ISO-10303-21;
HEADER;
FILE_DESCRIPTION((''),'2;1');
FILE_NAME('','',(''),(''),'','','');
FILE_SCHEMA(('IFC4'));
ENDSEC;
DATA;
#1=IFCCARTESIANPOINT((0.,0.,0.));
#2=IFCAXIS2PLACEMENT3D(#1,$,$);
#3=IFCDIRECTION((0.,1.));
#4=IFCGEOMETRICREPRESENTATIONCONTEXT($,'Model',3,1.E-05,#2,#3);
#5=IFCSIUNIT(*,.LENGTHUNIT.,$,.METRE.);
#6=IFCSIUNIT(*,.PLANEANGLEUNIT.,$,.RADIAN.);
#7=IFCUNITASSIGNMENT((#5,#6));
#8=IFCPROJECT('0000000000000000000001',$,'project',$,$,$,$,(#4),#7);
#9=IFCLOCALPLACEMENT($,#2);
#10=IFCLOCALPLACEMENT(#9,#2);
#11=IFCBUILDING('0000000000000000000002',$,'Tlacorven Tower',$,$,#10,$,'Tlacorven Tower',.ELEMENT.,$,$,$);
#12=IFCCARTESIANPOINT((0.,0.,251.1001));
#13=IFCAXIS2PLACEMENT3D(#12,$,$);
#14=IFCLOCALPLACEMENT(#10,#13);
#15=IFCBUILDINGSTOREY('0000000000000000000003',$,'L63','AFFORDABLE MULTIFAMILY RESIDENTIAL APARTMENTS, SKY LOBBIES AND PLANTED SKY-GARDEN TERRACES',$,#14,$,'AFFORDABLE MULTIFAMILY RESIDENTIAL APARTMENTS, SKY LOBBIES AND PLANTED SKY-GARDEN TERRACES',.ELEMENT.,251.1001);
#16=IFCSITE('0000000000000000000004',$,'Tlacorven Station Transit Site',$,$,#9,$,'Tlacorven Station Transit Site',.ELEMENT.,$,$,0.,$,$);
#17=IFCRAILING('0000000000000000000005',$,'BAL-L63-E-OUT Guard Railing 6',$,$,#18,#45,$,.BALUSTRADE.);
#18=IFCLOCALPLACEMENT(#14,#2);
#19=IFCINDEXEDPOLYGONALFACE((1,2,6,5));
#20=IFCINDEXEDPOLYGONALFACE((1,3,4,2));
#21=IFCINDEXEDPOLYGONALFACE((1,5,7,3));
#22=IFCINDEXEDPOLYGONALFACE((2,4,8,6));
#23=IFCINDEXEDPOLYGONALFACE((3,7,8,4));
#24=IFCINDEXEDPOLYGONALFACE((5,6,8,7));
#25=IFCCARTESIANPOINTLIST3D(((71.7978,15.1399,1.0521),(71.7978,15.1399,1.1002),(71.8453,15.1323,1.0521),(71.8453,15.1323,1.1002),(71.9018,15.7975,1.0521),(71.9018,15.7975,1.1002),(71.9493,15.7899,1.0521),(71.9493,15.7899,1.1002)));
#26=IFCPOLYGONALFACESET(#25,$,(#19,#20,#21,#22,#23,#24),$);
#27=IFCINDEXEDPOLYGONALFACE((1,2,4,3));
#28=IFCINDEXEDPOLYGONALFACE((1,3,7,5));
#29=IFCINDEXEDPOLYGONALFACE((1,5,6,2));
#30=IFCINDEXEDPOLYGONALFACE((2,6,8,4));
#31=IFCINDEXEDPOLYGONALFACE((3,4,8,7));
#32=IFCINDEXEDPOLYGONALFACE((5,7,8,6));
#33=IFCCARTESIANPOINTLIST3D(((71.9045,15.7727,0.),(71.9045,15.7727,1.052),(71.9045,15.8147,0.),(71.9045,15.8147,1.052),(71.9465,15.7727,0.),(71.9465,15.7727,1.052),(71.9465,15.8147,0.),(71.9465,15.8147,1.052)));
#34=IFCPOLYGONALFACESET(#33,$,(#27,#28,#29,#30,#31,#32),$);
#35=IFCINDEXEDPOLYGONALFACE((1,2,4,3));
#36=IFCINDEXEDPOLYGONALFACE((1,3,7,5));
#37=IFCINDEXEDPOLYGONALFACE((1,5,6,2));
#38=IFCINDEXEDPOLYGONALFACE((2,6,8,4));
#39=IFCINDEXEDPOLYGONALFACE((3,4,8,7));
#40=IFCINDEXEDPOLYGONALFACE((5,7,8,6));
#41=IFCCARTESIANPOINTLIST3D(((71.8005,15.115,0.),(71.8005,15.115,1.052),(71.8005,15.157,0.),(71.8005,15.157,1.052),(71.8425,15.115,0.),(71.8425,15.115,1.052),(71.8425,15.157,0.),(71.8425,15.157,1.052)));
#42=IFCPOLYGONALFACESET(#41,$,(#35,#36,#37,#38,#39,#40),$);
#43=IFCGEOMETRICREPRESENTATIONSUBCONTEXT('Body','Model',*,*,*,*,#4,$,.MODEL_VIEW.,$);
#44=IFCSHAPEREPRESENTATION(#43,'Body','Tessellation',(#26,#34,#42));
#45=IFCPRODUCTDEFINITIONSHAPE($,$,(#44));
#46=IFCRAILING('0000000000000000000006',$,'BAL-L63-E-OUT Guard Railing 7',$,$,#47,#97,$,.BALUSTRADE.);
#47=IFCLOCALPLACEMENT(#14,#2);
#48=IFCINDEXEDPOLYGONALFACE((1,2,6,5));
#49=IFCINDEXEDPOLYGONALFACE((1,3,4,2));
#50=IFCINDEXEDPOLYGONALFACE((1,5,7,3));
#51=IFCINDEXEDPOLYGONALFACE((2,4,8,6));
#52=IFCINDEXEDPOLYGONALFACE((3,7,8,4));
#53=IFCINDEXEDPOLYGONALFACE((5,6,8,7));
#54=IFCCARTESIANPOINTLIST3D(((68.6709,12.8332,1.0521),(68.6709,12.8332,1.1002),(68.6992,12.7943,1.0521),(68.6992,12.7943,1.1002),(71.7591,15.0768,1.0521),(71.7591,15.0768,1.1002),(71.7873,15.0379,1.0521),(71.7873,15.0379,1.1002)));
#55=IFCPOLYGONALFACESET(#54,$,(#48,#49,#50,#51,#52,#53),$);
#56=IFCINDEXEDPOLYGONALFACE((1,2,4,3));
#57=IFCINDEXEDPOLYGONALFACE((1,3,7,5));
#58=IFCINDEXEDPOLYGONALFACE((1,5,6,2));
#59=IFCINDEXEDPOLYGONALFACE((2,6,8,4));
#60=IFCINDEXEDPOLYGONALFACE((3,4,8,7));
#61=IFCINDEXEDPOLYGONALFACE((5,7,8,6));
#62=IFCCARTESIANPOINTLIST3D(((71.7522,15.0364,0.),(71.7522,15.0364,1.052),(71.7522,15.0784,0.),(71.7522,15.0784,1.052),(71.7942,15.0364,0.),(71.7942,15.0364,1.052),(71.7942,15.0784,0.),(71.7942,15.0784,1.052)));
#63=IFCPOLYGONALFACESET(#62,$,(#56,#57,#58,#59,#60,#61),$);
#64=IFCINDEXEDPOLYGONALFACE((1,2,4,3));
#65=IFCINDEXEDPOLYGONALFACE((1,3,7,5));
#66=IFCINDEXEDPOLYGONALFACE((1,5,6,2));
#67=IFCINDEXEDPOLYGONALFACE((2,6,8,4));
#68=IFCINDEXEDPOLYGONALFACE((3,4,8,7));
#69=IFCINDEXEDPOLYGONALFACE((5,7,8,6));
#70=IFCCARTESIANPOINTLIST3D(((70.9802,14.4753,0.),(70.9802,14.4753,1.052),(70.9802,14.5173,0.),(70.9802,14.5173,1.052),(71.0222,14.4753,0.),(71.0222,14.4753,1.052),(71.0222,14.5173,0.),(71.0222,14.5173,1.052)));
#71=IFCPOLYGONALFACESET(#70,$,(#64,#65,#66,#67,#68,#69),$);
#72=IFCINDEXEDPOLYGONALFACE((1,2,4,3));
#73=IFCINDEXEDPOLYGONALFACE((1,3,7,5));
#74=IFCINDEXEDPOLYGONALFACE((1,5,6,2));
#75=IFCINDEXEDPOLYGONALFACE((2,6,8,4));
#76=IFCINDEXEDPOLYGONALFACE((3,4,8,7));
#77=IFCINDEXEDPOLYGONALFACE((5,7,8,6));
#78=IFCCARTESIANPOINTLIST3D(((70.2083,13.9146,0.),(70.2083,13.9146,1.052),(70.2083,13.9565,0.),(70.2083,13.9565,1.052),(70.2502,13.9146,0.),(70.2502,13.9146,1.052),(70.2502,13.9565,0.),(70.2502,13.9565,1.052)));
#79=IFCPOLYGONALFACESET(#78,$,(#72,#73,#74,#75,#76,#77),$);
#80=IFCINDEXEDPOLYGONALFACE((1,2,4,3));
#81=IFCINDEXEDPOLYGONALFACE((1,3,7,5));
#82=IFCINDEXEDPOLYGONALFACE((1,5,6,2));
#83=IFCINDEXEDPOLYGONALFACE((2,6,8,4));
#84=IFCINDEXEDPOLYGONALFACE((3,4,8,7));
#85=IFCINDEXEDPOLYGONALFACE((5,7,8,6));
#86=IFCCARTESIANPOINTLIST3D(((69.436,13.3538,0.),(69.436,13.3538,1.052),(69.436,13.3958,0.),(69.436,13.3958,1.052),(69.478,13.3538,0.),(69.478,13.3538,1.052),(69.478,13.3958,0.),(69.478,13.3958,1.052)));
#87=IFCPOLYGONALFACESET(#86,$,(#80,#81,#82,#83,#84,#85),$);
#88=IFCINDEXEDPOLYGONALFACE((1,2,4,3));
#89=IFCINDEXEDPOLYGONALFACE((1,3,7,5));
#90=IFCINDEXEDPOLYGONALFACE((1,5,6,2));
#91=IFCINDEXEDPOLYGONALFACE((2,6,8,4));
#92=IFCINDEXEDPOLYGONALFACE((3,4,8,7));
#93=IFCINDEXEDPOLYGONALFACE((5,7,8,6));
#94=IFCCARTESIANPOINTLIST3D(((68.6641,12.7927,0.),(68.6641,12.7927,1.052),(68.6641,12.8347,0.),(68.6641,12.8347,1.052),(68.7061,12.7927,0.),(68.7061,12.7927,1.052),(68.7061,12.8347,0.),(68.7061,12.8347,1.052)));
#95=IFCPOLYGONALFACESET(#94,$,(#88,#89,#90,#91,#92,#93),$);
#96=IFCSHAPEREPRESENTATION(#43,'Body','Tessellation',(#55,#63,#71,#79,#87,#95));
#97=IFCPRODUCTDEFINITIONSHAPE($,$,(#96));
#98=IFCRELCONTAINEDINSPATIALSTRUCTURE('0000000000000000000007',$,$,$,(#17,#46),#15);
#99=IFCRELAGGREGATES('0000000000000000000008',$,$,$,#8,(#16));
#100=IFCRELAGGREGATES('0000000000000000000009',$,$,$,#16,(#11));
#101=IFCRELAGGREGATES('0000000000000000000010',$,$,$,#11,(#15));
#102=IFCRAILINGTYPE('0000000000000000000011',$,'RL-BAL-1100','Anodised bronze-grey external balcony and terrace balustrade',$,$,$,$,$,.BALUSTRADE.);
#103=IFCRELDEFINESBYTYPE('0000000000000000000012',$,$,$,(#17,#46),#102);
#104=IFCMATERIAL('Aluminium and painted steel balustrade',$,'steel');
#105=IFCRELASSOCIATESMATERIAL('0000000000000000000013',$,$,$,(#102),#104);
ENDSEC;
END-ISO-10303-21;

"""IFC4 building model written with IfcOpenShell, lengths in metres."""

from ifc_helpers import new_model, si_unit, direction, frame, origin, origin_2d, place, context, subcontext, project, spatial, rectangle, extrude, source, transform, mapped, material, type_object, element, save


model = new_model("IFC4")

# Units and contexts
model_context = context("Model", 3, precision=1e-05, world=origin(), true_north=direction((0.0, 1.0)))
body_context = subcontext(model_context, "Body", "Model", "MODEL_VIEW")
ifc_project = project(units=[si_unit("LENGTHUNIT", "METRE"), si_unit("PLANEANGLEUNIT", "RADIAN")], contexts=[model_context])

# Site, building, storey
site_placement = place(None, origin())
site = spatial("IfcSite", under=ifc_project, at=site_placement, Name="Tlacorven Station Transit Site", LongName="Tlacorven Station Transit Site", CompositionType="ELEMENT", RefElevation=0.0)
building_placement = place(site_placement, origin())
building = spatial("IfcBuilding", under=site, at=building_placement, Name="Tlacorven Tower", LongName="Tlacorven Tower", CompositionType="ELEMENT")
storey_placement = place(building_placement, frame((0.0, 0.0, 251.1001)))
storey = spatial("IfcBuildingStorey", under=building, at=storey_placement, Name="L63", Description="AFFORDABLE MULTIFAMILY RESIDENTIAL APARTMENTS, SKY LOBBIES AND PLANTED SKY-GARDEN TERRACES", LongName="AFFORDABLE MULTIFAMILY RESIDENTIAL APARTMENTS, SKY LOBBIES AND PLANTED SKY-GARDEN TERRACES", CompositionType="ELEMENT", Elevation=251.1001)

# Railings
ifc_material_1 = material(Name="Aluminium and painted steel balustrade", Category="steel")
railing_type = type_object("IfcRailingType", Name="RL-BAL-1100", Description="Anodised bronze-grey external balcony and terrace balustrade", PredefinedType="BALUSTRADE", material=ifc_material_1)
shared_shape_1 = source(origin(), body_context, "Body", "SweptSolid", [
    extrude(rectangle(XDim=0.0481, YDim=0.0481, at=origin_2d()), frame((0.0, 0.0, 1.0762), z_axis=(-0.156188, -0.987727, 0.0), x_axis=(0.987727, -0.156188, 0.0)), (0.0, 0.0, 1.0), 0.6658),
    extrude(rectangle(XDim=0.042, YDim=0.042, at=origin_2d()), origin(), (0.0, 0.0, 1.0), 1.052),
    extrude(rectangle(XDim=0.042, YDim=0.042, at=origin_2d()), frame((-0.104, -0.6577, 0.0)), (0.0, 0.0, 1.0), 1.052),
])
railing_1_placement = place(storey_placement, frame((71.9255, 15.7937, 0.0)))
element("IfcRailing", 1, at=railing_1_placement, inside=storey, type_object=railing_type, Name="BAL-L63-E-OUT Guard Railing 6", PredefinedType="BALUSTRADE", context=body_context, shape_type="MappedRepresentation", body=[
    mapped(shared_shape_1, transform((0.0, 0.0, 0.0), scale=1.0)),
])
shared_shape_2 = source(origin(), body_context, "Body", "SweptSolid", [
    extrude(rectangle(XDim=0.0481, YDim=0.0481, at=origin_2d()), frame((0.0, 0.0, 1.0762), z_axis=(-0.809018, -0.587784, 0.0), x_axis=(0.587784, -0.809018, 0.0)), (0.0, 0.0, 1.0), 3.8171),
    extrude(rectangle(XDim=0.042, YDim=0.042, at=origin_2d()), origin(), (0.0, 0.0, 1.0), 1.052),
    extrude(rectangle(XDim=0.042, YDim=0.042, at=origin_2d()), frame((-0.772, -0.561, 0.0)), (0.0, 0.0, 1.0), 1.052),
    extrude(rectangle(XDim=0.042, YDim=0.042, at=origin_2d()), frame((-1.5439, -1.1218, 0.0)), (0.0, 0.0, 1.0), 1.052),
    extrude(rectangle(XDim=0.042, YDim=0.042, at=origin_2d()), frame((-2.3162, -1.6826, 0.0)), (0.0, 0.0, 1.0), 1.052),
    extrude(rectangle(XDim=0.042, YDim=0.042, at=origin_2d()), frame((-3.0881, -2.2437, 0.0)), (0.0, 0.0, 1.0), 1.052),
])
railing_2_placement = place(storey_placement, frame((71.7732, 15.0574, 0.0)))
element("IfcRailing", 2, at=railing_2_placement, inside=storey, type_object=railing_type, Name="BAL-L63-E-OUT Guard Railing 7", PredefinedType="BALUSTRADE", context=body_context, shape_type="MappedRepresentation", body=[
    mapped(shared_shape_2, transform((0.0, 0.0, 0.0), scale=1.0)),
])

save(model, "model.ifc")
